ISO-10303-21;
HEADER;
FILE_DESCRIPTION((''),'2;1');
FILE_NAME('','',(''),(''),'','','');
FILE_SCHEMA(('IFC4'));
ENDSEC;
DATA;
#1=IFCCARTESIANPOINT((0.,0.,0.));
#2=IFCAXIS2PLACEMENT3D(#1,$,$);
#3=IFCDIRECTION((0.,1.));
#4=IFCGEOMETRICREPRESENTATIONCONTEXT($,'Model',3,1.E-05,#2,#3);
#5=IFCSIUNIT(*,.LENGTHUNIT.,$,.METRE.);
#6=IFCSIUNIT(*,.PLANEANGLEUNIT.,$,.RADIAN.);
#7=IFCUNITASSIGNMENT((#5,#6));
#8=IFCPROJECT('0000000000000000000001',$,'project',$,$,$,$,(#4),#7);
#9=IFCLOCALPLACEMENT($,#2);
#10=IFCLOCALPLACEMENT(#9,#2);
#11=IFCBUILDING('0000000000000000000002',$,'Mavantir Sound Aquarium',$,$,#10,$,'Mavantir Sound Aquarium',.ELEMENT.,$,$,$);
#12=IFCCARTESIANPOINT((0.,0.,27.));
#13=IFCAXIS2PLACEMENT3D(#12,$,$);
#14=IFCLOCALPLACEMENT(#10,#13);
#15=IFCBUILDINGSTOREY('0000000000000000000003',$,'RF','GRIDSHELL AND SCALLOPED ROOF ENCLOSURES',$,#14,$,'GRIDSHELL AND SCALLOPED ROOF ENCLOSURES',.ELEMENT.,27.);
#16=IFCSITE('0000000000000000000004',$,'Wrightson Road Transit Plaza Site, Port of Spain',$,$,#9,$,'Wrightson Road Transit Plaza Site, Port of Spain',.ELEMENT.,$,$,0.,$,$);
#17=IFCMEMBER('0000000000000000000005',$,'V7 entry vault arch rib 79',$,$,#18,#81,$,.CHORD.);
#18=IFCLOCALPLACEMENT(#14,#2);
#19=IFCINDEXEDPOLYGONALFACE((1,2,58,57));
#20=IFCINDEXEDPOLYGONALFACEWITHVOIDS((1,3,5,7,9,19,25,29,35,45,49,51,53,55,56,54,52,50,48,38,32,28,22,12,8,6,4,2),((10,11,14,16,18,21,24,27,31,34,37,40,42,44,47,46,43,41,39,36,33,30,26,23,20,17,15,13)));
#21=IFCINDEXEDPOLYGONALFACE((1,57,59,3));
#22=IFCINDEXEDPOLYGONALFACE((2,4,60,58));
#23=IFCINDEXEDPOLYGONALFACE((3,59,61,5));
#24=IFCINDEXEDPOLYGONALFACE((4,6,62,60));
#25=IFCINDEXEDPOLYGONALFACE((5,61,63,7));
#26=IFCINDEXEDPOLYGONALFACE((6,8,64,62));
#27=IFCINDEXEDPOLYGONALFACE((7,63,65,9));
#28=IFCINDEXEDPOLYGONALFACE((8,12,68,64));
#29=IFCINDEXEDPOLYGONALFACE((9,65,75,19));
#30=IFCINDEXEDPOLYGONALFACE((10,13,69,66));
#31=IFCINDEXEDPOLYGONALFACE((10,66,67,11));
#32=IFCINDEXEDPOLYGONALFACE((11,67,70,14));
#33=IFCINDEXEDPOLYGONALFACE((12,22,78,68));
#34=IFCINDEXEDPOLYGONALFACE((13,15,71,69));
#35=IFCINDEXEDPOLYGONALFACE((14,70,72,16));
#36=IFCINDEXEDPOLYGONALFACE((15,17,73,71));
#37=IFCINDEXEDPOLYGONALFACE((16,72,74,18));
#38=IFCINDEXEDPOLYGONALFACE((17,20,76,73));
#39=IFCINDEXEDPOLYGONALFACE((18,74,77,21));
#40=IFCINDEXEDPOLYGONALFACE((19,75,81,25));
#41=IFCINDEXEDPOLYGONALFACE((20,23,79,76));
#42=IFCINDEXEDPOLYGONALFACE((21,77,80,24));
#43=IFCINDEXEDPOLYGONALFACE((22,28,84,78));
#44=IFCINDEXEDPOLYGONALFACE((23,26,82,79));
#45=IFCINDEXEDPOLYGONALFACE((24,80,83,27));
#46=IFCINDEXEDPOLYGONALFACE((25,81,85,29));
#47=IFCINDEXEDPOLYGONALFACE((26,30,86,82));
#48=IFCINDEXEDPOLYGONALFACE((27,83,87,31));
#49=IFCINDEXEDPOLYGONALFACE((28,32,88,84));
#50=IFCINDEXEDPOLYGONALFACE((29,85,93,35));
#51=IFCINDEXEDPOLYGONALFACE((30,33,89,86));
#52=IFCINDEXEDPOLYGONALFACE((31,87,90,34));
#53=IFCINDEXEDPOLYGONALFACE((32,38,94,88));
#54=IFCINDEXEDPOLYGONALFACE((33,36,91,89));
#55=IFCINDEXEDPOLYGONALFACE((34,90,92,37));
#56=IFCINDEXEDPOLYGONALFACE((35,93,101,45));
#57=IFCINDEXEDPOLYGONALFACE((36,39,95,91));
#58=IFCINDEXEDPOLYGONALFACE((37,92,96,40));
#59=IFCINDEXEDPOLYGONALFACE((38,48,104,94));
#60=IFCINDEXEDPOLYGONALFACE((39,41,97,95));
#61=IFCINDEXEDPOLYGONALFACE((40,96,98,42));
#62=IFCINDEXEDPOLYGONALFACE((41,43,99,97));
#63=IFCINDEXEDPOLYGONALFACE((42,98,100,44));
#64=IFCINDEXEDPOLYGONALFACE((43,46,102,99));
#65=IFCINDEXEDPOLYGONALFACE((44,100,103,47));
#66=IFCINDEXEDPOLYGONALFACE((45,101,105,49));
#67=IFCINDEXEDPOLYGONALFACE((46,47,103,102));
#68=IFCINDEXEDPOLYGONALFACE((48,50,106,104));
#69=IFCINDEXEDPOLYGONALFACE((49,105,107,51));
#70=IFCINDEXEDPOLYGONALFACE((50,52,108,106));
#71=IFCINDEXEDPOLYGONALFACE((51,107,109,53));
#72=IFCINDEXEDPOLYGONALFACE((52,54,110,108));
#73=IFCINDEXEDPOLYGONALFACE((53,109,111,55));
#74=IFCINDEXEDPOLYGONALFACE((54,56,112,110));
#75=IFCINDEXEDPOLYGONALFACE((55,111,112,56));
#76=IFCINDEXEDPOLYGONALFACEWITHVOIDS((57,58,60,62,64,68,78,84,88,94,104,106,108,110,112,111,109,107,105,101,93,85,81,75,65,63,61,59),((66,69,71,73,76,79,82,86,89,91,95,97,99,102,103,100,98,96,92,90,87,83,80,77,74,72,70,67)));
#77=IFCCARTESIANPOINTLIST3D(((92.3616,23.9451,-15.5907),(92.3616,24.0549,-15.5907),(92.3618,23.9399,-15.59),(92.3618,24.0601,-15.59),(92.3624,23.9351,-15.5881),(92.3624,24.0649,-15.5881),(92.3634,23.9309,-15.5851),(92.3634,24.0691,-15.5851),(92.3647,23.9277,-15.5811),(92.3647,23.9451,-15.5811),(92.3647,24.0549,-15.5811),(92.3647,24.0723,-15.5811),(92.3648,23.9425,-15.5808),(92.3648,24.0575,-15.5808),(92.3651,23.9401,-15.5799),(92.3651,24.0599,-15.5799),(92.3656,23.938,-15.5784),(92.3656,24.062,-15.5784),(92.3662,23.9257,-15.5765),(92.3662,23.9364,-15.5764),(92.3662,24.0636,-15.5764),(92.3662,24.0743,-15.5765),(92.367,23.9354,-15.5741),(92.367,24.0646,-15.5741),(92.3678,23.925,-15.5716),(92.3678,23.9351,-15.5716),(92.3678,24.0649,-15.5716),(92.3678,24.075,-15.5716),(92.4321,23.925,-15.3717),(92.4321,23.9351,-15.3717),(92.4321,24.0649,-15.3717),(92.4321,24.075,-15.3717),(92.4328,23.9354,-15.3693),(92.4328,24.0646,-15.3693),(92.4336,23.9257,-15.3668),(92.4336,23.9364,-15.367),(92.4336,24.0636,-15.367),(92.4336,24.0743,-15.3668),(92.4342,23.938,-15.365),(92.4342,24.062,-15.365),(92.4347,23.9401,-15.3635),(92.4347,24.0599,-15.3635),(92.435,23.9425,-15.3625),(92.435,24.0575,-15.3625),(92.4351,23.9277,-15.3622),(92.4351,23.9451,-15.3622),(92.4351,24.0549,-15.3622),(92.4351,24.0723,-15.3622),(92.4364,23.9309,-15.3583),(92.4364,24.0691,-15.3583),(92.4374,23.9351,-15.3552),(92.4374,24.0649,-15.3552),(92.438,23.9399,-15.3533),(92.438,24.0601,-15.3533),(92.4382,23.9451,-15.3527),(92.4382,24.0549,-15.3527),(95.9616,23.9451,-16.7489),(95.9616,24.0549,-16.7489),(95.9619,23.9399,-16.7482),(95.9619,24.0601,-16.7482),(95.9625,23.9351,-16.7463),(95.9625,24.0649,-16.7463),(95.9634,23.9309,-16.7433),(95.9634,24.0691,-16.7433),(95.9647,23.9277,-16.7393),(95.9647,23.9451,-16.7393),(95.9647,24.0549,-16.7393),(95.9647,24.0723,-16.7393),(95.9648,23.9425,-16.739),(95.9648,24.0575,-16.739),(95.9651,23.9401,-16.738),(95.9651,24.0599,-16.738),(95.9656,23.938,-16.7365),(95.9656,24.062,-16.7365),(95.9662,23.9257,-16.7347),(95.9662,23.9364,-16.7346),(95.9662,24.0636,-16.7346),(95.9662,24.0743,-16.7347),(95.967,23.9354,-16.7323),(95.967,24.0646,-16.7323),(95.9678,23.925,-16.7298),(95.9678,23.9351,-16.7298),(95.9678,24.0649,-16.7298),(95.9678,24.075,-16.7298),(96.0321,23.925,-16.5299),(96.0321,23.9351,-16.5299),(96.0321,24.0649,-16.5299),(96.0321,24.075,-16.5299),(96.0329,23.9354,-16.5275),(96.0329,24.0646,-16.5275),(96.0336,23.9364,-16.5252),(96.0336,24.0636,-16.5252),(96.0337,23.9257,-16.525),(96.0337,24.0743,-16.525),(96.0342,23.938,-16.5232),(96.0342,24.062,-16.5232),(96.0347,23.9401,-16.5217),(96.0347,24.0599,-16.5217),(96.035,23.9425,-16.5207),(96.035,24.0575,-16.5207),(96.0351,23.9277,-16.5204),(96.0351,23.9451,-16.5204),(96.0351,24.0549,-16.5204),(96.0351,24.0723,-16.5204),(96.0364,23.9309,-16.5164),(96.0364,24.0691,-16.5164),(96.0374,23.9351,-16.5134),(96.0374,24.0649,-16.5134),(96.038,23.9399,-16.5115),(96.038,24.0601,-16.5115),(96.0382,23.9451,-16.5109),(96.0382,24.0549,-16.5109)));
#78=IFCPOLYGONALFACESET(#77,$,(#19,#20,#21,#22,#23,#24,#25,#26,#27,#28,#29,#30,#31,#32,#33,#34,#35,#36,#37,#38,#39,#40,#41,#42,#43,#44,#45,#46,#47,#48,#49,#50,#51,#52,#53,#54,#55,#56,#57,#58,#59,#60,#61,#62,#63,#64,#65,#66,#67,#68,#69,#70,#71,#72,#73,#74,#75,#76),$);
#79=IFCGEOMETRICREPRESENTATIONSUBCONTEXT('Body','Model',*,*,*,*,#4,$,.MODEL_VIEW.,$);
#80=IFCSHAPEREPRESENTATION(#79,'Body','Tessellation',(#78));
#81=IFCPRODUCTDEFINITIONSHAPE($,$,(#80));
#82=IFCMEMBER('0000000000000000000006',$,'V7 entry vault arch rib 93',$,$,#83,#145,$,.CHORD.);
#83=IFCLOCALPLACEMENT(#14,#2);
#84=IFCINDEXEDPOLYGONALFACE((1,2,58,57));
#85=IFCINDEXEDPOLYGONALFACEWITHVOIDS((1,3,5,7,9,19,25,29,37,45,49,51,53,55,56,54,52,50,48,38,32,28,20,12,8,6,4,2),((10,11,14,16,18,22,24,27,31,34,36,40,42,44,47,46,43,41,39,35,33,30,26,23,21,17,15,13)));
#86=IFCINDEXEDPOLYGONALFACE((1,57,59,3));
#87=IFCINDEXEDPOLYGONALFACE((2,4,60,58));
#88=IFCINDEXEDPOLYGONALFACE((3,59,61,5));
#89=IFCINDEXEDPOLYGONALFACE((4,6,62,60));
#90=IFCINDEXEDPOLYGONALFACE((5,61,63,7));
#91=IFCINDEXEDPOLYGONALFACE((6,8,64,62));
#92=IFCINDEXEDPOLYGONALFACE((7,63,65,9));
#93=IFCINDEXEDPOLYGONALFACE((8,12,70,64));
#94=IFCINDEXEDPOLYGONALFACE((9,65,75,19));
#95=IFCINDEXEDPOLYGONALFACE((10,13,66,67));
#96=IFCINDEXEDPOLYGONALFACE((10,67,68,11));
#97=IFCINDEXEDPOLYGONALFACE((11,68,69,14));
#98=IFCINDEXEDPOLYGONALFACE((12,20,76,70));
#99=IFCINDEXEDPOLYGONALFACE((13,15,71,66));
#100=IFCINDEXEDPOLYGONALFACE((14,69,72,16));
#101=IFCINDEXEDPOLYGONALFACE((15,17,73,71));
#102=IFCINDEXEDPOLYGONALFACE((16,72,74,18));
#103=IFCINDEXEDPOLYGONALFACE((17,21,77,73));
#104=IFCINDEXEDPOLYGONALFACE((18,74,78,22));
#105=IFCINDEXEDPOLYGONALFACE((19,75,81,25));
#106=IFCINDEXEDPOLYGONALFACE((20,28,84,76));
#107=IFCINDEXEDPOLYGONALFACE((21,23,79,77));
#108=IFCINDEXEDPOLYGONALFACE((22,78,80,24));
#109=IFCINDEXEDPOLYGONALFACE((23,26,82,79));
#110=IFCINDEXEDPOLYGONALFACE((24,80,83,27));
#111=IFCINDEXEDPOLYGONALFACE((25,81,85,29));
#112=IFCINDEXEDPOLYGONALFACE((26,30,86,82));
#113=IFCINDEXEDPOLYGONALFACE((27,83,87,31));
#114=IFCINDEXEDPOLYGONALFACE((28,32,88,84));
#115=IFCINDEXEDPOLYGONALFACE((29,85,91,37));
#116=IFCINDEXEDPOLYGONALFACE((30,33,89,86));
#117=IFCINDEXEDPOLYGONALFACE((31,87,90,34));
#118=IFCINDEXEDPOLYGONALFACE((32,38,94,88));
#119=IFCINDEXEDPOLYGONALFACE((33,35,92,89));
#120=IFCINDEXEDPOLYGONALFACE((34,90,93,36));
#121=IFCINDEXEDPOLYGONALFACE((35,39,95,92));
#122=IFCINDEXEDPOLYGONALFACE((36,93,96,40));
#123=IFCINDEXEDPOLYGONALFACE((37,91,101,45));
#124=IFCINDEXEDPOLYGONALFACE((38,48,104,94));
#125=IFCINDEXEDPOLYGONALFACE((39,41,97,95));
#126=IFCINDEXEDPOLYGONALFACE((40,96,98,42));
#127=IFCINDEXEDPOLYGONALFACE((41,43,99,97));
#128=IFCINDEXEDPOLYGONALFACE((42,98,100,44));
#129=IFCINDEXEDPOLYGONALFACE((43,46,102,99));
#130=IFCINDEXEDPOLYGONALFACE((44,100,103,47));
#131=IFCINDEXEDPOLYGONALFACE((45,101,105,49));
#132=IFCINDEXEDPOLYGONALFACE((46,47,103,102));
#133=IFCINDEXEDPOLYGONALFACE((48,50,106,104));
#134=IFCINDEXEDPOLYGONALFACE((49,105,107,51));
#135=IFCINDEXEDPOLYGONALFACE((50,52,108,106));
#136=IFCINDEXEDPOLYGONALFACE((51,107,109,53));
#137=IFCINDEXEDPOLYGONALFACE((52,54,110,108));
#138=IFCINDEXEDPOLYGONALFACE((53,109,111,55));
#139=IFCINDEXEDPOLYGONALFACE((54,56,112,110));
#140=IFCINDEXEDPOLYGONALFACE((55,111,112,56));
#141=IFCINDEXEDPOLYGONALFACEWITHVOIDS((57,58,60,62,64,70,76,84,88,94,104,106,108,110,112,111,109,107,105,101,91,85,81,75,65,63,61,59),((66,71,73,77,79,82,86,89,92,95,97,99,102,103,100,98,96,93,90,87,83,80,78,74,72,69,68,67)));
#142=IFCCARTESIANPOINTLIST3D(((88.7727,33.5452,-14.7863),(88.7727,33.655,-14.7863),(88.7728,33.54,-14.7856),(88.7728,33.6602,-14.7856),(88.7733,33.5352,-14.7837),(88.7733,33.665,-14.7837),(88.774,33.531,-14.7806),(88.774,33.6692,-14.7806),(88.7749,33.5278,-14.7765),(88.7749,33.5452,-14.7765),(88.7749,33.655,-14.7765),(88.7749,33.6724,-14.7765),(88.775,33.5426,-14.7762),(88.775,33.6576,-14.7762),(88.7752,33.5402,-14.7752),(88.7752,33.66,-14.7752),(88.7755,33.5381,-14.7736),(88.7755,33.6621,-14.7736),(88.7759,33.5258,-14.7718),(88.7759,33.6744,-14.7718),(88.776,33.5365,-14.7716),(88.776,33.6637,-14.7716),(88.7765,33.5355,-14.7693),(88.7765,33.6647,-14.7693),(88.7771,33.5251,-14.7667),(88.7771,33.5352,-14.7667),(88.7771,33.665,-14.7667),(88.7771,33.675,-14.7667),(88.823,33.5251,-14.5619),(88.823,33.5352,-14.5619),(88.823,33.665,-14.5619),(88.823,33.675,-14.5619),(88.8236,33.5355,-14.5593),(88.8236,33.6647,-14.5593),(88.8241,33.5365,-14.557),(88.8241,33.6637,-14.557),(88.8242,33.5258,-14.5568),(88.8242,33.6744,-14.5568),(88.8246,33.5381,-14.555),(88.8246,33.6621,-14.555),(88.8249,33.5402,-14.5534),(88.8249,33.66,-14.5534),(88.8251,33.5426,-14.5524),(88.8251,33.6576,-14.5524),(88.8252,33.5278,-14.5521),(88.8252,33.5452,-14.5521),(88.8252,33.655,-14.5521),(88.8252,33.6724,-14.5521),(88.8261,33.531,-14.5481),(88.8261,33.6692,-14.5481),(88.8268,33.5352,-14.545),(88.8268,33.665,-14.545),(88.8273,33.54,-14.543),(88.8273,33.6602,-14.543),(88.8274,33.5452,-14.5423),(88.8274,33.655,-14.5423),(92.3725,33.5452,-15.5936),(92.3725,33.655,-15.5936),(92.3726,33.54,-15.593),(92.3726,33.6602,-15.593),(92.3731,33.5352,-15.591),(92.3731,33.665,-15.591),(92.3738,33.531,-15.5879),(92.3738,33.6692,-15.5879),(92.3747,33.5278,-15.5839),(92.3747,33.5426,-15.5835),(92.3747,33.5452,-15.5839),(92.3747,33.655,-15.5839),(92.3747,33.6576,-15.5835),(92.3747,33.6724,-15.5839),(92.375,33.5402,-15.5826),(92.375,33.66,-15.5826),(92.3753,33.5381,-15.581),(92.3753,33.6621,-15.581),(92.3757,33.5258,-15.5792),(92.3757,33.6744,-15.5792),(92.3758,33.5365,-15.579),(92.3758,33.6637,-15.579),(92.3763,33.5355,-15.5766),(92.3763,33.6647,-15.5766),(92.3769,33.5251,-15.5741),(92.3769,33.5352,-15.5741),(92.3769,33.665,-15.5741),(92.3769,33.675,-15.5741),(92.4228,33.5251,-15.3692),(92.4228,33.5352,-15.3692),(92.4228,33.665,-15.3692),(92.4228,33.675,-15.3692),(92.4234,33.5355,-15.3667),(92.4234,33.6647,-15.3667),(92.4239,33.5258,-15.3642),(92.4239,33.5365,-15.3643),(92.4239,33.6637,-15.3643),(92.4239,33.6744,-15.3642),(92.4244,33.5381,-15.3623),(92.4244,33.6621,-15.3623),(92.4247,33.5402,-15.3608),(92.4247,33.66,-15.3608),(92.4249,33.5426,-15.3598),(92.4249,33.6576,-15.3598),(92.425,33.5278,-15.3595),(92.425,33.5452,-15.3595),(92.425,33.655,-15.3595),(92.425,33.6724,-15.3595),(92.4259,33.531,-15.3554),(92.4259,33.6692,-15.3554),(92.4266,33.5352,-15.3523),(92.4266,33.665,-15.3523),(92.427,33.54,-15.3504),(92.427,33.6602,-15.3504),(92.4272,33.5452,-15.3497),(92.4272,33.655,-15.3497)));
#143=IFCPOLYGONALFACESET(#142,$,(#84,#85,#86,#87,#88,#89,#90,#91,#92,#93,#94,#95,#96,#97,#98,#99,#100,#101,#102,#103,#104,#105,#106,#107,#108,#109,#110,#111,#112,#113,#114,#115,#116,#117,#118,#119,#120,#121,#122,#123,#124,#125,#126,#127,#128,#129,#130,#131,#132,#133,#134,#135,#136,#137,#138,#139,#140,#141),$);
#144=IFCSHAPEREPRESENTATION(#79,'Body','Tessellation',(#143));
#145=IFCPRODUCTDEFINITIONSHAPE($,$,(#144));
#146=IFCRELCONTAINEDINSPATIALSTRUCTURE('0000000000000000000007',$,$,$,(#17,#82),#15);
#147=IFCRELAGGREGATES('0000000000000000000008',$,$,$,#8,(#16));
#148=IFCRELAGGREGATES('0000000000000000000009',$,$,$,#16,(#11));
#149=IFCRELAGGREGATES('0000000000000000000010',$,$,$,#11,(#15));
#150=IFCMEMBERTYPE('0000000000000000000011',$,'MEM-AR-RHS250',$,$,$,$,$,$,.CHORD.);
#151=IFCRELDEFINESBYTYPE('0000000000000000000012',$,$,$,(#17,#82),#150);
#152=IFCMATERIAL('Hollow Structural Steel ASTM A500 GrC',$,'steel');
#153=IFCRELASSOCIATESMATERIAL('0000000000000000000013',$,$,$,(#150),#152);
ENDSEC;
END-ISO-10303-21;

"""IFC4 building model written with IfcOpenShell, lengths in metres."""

from ifc_helpers import new_model, si_unit, direction, frame, origin, origin_2d, place, context, subcontext, project, spatial, hollow_rectangle, extrude, material, material_profile, profile_set, type_object, element, save


model = new_model("IFC4")

# Units and contexts
model_context = context("Model", 3, precision=1e-05, world=origin(), true_north=direction((0.0, 1.0)))
body_context = subcontext(model_context, "Body", "Model", "MODEL_VIEW")
ifc_project = project(units=[si_unit("LENGTHUNIT", "METRE"), si_unit("PLANEANGLEUNIT", "RADIAN")], contexts=[model_context])

# Site, building, storey
site_placement = place(None, origin())
site = spatial("IfcSite", under=ifc_project, at=site_placement, Name="Wrightson Road Transit Plaza Site, Port of Spain", LongName="Wrightson Road Transit Plaza Site, Port of Spain", CompositionType="ELEMENT", RefElevation=0.0)
building_placement = place(site_placement, origin())
building = spatial("IfcBuilding", under=site, at=building_placement, Name="Mavantir Sound Aquarium", LongName="Mavantir Sound Aquarium", CompositionType="ELEMENT")
storey_placement = place(building_placement, frame((0.0, 0.0, 27.0)))
storey = spatial("IfcBuildingStorey", under=building, at=storey_placement, Name="RF", Description="GRIDSHELL AND SCALLOPED ROOF ENCLOSURES", LongName="GRIDSHELL AND SCALLOPED ROOF ENCLOSURES", CompositionType="ELEMENT", Elevation=27.0)

# Shared definitions
ifc_material_1 = material(Name="Hollow Structural Steel ASTM A500 GrC", Category="steel")

# Members
ifc_material_profile_1 = material_profile(ifc_material_1, hollow_rectangle(XDim=0.1499, YDim=0.25, WallThickness=0.01, InnerFilletRadius=0.01, OuterFilletRadius=0.02, at=origin_2d()), Name="RHS 250X150X10")
ifc_profile_set_1 = profile_set([ifc_material_profile_1], Name="Hollow Structural Steel ASTM A500 GrC")
member_type_1 = type_object("IfcMemberType", Name="MEM-AR-RHS250", PredefinedType="CHORD", material=ifc_profile_set_1)
member_1_placement = place(storey_placement, frame((92.3999, 24.0, -15.4717), z_axis=(0.951949, 0.0, -0.306256), x_axis=(0.0, 1.0, 0.0)))
element("IfcMember", 1, at=member_1_placement, inside=storey, type_object=member_type_1, Name="V7 entry vault arch rib 79", PredefinedType="CHORD", context=body_context, shape_type="SweptSolid", body=[
    extrude(hollow_rectangle(XDim=0.1499, YDim=0.25, WallThickness=0.01, InnerFilletRadius=0.01, OuterFilletRadius=0.02, at=origin_2d()), origin(), (0.0, 0.0, 1.0), 3.7817),
])
member_2_placement = place(storey_placement, frame((88.8, 33.6001, -14.6643), z_axis=(0.97576, 0.0, -0.218843), x_axis=(0.0, 1.0, 0.0)))
element("IfcMember", 2, at=member_2_placement, inside=storey, type_object=member_type_1, Name="V7 entry vault arch rib 93", PredefinedType="CHORD", context=body_context, shape_type="SweptSolid", body=[
    extrude(hollow_rectangle(XDim=0.1499, YDim=0.25, WallThickness=0.01, InnerFilletRadius=0.01, OuterFilletRadius=0.02, at=origin_2d()), origin(), (0.0, 0.0, 1.0), 3.6892),
])

save(model, "model.ifc")
